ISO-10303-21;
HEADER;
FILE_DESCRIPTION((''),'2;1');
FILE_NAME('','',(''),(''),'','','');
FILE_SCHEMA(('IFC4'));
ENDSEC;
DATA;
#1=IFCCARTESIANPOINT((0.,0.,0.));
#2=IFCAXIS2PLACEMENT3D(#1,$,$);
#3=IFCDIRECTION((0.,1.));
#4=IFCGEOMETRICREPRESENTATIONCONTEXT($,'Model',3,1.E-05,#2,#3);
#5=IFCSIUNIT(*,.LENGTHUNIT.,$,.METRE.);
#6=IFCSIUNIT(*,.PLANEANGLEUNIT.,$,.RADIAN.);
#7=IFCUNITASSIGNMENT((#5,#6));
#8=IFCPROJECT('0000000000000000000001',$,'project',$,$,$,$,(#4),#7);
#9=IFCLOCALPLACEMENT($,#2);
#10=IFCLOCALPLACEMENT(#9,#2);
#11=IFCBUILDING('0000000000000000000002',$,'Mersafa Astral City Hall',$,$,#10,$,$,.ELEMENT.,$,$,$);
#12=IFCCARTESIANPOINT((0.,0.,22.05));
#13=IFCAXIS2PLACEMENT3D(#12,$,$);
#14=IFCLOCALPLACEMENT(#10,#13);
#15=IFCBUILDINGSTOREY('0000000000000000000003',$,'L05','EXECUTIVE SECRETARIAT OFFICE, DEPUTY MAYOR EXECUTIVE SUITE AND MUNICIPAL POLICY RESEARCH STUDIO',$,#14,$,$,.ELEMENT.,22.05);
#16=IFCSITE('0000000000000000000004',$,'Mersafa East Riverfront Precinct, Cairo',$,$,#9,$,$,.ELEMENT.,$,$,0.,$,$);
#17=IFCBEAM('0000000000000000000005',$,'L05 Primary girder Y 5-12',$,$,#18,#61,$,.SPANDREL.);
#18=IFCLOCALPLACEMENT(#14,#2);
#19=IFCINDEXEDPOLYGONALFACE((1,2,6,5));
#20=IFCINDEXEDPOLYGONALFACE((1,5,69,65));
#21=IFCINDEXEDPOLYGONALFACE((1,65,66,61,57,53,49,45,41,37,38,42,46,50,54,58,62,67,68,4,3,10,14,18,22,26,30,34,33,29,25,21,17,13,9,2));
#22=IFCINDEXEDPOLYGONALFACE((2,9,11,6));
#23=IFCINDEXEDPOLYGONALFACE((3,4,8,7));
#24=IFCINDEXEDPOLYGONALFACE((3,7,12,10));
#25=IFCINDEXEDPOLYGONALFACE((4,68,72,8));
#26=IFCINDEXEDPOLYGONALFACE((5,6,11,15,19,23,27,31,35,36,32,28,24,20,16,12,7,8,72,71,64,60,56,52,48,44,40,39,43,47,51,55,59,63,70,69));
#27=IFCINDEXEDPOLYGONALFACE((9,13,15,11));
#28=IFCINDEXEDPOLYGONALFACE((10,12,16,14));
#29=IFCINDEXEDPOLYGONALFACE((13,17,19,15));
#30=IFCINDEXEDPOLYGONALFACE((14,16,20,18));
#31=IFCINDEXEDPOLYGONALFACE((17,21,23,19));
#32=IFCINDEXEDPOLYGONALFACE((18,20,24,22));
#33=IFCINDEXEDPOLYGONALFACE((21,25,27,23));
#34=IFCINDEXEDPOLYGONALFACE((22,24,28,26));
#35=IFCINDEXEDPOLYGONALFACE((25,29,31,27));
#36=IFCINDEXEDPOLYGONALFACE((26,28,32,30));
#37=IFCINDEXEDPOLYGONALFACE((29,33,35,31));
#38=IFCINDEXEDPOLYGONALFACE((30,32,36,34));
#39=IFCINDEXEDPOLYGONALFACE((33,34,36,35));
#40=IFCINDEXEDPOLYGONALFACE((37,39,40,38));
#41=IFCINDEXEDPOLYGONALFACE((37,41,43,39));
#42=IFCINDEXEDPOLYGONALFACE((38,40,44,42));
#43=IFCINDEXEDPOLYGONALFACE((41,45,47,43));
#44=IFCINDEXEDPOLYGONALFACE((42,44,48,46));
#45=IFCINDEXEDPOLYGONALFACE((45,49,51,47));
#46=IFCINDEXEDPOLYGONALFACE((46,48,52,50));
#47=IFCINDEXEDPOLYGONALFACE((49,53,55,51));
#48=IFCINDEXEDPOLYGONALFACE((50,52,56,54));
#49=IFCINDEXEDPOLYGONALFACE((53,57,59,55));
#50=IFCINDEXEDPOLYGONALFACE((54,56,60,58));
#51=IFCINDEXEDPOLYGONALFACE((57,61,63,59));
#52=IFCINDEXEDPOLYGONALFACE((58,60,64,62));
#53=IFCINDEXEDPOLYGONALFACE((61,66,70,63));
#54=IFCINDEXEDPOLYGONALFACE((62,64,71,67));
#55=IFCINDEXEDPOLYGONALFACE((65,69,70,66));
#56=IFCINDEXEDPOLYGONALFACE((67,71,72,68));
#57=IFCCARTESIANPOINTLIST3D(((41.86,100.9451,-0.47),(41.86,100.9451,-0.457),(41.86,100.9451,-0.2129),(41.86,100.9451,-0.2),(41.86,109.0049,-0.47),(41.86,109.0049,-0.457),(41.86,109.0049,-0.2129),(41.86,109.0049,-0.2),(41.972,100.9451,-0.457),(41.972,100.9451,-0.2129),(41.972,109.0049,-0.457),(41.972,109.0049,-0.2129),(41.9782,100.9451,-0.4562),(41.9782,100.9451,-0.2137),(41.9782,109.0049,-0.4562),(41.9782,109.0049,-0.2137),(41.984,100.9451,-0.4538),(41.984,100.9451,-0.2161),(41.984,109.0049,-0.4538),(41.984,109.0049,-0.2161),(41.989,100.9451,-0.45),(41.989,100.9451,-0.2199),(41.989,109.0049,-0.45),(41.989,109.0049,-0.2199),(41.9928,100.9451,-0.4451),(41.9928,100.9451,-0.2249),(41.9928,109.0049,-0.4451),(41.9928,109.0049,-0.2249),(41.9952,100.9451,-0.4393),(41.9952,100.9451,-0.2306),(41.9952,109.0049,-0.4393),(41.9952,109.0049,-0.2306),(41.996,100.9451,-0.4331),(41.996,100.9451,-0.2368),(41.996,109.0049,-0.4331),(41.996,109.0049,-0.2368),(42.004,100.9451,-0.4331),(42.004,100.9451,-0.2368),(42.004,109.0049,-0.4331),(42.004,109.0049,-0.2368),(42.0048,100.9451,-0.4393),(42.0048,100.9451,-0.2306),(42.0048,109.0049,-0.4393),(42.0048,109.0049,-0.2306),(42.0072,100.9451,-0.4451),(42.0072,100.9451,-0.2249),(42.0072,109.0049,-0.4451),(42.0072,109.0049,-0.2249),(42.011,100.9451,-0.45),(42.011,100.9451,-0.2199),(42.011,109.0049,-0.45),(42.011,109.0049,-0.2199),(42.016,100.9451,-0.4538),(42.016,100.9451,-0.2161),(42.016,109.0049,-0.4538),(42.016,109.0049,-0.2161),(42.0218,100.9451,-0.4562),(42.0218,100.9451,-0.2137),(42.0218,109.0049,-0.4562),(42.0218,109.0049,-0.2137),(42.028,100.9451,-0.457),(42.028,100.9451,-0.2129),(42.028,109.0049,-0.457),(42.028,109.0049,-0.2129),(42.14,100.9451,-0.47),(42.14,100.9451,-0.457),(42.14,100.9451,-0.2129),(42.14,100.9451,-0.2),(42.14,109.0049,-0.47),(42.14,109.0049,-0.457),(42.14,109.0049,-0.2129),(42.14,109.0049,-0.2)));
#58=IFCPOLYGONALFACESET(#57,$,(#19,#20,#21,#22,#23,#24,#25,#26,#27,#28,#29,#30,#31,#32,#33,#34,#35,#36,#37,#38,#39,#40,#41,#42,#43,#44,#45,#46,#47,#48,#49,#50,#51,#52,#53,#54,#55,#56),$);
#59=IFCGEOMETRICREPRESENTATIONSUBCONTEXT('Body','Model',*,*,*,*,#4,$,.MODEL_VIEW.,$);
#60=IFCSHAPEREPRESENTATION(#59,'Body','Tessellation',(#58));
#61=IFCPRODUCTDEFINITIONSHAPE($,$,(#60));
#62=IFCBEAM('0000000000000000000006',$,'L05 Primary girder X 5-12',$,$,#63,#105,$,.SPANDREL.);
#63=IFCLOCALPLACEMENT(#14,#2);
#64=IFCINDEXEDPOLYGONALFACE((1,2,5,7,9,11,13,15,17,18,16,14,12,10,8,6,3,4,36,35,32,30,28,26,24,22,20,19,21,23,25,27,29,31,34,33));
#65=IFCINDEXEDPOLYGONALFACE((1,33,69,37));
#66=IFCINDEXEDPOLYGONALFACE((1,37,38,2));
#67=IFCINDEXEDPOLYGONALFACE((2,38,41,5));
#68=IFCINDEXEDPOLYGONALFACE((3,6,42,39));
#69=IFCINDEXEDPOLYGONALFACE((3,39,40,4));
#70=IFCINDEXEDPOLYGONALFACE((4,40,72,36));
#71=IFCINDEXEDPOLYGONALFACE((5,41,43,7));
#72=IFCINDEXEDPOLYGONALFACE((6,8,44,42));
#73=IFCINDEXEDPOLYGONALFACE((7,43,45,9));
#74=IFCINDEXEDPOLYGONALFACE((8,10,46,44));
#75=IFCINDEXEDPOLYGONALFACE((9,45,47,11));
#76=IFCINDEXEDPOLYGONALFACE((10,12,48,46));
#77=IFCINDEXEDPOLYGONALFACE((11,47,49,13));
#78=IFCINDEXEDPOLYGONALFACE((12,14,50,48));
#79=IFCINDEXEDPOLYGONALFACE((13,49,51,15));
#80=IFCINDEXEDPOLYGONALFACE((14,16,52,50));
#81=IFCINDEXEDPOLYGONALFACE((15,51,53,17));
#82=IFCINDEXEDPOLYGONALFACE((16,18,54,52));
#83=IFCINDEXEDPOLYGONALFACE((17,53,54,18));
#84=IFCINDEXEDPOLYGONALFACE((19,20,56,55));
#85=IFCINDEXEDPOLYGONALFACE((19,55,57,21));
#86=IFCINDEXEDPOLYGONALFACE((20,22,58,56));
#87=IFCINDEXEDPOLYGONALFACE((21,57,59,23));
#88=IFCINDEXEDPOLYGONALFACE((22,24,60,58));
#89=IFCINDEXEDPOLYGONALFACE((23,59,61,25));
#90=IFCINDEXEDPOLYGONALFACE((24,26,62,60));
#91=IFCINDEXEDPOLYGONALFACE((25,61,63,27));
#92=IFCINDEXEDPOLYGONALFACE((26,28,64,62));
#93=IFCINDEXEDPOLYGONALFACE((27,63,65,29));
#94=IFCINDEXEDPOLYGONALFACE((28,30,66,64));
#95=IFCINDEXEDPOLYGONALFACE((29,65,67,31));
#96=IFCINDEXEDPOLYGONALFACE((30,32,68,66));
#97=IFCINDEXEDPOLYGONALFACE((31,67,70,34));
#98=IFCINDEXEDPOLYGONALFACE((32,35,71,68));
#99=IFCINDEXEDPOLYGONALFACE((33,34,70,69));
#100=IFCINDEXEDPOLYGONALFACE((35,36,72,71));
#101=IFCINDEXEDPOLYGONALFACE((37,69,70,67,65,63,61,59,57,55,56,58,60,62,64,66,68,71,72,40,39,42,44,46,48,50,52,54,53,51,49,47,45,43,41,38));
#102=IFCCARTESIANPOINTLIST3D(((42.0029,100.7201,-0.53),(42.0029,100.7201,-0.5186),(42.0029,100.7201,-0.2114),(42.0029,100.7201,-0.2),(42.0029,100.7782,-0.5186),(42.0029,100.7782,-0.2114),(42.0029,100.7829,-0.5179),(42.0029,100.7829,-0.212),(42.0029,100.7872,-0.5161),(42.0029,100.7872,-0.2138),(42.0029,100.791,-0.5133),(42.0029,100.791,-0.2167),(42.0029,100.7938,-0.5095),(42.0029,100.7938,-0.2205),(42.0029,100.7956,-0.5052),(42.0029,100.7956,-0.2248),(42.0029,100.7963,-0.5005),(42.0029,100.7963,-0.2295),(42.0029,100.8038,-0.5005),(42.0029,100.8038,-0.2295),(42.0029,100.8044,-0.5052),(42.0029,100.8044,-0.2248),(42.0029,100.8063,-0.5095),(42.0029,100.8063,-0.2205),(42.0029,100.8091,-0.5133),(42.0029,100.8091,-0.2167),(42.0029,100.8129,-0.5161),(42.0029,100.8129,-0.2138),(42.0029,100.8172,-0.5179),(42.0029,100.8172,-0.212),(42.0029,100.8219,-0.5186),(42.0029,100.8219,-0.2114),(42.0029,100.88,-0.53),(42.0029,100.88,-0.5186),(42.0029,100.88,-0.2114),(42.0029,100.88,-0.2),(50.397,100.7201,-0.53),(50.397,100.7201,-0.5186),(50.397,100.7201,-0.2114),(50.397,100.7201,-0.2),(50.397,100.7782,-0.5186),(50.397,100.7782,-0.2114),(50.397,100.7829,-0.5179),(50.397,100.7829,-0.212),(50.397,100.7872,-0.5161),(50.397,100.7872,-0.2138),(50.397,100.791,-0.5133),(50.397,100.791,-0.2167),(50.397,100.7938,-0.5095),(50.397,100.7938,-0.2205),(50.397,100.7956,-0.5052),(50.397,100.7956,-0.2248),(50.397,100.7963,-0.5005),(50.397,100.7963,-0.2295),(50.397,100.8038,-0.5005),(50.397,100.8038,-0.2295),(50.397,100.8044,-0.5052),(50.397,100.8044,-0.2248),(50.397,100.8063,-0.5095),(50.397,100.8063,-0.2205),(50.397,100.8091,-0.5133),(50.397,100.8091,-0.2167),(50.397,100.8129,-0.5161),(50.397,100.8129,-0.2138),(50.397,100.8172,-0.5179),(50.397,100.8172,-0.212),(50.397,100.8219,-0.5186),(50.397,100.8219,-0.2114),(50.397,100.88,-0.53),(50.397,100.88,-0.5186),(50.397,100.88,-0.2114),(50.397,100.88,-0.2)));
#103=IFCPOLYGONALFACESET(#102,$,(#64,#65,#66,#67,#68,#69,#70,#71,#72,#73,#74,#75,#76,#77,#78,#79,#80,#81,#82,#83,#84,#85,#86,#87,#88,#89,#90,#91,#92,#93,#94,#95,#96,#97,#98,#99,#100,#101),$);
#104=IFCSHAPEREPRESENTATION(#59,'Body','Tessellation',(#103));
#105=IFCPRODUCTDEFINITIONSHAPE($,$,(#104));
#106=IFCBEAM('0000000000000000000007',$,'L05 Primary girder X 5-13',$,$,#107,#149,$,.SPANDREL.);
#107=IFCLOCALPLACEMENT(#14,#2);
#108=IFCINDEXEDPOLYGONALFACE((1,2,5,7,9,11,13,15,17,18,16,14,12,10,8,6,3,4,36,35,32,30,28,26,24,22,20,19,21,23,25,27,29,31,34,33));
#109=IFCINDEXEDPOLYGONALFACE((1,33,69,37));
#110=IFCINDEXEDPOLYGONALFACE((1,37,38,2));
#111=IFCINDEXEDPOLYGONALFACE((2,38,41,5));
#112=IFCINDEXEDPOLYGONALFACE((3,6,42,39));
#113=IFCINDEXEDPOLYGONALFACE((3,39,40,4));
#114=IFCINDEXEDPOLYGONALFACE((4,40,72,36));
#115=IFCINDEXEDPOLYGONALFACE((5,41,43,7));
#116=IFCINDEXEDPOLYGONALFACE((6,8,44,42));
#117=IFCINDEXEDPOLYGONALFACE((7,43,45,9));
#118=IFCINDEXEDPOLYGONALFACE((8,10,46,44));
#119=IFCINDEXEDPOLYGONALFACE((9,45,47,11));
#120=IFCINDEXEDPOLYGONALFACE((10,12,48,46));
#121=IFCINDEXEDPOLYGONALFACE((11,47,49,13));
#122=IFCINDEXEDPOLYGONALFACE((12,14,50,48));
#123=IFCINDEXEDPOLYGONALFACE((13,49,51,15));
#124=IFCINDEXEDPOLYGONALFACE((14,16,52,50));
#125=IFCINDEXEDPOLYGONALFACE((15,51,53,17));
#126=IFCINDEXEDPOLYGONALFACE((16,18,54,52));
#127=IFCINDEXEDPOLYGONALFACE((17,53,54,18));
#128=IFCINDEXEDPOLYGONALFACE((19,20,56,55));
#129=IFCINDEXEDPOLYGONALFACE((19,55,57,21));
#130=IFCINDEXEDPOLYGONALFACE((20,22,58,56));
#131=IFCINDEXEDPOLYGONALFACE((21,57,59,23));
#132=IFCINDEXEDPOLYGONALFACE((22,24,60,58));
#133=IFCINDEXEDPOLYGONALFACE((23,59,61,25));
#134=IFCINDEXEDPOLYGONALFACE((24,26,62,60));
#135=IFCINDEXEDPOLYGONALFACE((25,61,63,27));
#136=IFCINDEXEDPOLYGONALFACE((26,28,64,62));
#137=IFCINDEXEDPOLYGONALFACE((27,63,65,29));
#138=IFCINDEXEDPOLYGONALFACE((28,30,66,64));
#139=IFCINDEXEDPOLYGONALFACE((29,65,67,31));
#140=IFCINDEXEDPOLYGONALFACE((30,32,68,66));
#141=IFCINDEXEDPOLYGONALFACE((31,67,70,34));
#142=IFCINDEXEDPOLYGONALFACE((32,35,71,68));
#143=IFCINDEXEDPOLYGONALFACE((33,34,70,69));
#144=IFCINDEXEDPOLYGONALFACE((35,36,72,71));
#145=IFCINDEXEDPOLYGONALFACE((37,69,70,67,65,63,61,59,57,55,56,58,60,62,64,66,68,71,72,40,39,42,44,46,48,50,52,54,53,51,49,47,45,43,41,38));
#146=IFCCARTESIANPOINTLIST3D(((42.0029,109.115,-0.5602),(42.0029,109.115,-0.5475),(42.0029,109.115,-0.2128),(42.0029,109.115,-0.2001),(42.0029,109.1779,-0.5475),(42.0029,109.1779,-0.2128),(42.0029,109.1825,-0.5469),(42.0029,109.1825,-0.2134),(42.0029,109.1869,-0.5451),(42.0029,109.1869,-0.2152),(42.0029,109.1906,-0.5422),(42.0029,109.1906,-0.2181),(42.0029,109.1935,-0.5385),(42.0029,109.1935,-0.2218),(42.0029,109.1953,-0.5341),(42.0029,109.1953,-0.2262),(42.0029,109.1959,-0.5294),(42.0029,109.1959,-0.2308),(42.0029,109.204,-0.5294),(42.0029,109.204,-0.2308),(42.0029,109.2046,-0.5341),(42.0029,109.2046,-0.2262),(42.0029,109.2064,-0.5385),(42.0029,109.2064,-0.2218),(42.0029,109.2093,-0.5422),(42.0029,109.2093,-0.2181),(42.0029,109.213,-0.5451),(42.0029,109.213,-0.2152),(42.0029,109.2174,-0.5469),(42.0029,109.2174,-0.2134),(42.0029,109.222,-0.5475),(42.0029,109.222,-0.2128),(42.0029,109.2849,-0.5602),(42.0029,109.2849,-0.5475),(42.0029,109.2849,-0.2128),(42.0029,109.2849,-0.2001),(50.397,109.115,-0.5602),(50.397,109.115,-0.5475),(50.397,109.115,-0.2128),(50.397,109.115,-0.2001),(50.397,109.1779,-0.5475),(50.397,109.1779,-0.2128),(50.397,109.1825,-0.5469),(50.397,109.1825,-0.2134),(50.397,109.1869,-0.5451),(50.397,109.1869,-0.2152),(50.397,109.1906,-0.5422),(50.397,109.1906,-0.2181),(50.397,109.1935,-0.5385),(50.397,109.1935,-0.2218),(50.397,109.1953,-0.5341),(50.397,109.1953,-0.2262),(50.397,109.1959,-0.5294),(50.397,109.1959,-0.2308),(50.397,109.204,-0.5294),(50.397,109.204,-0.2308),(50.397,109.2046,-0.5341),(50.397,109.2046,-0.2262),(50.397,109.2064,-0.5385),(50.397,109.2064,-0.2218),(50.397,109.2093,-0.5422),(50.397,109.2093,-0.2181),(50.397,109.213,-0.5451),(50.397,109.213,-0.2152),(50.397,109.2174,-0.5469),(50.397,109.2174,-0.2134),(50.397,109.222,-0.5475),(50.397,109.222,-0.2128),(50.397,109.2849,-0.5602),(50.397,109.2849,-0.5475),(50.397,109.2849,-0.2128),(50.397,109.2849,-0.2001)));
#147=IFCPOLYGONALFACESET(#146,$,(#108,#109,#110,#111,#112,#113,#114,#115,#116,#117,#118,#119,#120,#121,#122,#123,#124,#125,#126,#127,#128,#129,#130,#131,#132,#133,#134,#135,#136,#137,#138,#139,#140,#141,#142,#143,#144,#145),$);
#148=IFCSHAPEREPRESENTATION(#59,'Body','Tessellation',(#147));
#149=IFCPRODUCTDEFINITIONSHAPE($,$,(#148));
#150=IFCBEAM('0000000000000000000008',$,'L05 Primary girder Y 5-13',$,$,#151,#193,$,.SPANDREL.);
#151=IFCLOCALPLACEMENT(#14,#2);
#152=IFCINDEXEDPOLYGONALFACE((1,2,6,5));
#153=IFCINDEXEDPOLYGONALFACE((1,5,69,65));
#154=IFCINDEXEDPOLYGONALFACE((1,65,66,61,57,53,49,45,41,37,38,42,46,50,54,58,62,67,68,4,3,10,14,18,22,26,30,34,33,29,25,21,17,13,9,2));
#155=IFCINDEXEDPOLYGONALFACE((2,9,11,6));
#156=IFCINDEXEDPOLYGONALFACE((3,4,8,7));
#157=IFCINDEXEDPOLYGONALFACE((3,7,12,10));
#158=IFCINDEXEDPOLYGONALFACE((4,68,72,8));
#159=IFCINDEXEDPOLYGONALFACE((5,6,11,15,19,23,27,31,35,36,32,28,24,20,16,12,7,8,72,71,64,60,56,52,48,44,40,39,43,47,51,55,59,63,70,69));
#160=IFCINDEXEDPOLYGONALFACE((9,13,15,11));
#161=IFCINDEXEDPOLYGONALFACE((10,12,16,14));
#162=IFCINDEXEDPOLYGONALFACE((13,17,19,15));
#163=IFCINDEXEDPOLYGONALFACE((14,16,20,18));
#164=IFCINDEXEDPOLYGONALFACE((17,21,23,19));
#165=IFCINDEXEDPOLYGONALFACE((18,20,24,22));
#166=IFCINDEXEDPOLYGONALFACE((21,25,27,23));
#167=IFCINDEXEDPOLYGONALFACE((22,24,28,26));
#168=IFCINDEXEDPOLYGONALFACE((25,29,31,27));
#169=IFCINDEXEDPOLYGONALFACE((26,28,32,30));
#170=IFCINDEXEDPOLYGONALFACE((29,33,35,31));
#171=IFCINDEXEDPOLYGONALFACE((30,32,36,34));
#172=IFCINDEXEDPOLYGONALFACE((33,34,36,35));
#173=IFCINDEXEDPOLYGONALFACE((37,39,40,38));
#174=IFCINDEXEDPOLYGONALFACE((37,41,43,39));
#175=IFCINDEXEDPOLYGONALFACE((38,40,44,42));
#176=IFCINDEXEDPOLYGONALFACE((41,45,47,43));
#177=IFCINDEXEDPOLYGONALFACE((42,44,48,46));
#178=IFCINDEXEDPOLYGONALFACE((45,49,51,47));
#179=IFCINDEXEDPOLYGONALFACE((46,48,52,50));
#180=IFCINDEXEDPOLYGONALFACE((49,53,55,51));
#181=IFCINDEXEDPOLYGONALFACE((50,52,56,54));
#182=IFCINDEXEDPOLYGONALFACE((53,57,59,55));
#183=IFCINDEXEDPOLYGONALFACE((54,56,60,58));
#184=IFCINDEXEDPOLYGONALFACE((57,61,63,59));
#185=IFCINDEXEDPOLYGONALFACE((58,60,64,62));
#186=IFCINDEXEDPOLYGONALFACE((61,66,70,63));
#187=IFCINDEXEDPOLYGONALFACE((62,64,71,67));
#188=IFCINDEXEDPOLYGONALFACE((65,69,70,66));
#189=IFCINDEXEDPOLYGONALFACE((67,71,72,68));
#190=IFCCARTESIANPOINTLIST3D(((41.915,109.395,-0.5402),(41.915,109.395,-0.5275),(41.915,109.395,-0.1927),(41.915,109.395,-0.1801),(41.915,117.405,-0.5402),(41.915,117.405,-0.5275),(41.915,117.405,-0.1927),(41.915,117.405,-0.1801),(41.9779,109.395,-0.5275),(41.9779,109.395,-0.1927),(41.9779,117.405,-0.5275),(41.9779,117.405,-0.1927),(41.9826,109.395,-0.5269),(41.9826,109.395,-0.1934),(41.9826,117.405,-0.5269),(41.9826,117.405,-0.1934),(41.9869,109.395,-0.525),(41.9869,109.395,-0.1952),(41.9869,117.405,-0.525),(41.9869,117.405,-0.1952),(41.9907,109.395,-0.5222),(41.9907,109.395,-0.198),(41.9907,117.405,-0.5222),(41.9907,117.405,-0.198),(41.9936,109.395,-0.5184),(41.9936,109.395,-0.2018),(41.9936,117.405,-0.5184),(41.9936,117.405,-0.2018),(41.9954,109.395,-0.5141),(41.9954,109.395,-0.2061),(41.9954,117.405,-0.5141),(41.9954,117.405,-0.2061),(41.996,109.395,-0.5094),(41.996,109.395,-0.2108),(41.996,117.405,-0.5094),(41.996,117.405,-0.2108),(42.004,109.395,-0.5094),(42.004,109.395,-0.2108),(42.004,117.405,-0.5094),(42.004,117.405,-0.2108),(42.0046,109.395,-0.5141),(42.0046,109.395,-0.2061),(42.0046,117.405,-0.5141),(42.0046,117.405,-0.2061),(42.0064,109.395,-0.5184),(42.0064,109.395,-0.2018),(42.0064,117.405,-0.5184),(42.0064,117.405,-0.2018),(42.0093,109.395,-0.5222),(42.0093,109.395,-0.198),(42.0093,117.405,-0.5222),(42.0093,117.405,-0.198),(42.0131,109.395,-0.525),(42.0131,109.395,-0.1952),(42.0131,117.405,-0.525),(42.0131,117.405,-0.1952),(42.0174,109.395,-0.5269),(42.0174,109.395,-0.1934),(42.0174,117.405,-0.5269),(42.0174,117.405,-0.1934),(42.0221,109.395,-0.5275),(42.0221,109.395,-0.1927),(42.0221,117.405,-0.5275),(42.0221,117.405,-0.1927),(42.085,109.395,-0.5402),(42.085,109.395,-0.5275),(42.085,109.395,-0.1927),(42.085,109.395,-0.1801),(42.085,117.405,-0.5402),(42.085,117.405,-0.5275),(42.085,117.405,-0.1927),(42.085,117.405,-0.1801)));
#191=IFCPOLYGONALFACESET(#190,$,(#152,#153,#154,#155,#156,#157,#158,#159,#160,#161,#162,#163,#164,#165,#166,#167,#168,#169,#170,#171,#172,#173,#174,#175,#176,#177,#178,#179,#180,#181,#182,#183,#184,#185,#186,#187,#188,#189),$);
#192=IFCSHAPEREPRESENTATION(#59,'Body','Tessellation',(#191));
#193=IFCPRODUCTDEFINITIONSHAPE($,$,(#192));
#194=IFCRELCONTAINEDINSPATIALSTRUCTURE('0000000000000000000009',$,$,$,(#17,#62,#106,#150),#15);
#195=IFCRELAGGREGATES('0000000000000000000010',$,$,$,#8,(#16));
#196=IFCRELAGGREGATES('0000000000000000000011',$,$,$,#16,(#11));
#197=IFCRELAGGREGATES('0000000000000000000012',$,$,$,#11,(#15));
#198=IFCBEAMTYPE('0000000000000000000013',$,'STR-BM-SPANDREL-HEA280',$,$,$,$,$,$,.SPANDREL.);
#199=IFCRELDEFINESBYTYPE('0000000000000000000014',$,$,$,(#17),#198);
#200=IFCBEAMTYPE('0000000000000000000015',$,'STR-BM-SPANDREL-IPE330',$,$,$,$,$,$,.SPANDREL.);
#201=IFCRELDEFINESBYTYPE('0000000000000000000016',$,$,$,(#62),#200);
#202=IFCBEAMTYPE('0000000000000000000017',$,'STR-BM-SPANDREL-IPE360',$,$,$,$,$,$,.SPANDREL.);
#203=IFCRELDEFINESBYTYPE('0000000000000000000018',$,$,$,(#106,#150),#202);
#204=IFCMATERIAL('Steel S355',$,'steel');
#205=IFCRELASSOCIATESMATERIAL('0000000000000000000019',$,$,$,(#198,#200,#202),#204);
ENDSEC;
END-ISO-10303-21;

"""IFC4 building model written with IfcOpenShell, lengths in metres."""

from ifc_helpers import new_model, si_unit, direction, frame, origin, origin_2d, place, context, subcontext, project, spatial, i_section, extrude, material, material_profile, profile_set, type_object, element, save


model = new_model("IFC4")

# Units and contexts
model_context = context("Model", 3, precision=1e-05, world=origin(), true_north=direction((0.0, 1.0)))
body_context = subcontext(model_context, "Body", "Model", "MODEL_VIEW")
ifc_project = project(units=[si_unit("LENGTHUNIT", "METRE"), si_unit("PLANEANGLEUNIT", "RADIAN")], contexts=[model_context])

# Site, building, storey
site_placement = place(None, origin())
site = spatial("IfcSite", under=ifc_project, at=site_placement, Name="Mersafa East Riverfront Precinct, Cairo", CompositionType="ELEMENT", RefElevation=0.0)
building_placement = place(site_placement, origin())
building = spatial("IfcBuilding", under=site, at=building_placement, Name="Mersafa Astral City Hall", CompositionType="ELEMENT")
storey_placement = place(building_placement, frame((0.0, 0.0, 22.05)))
storey = spatial("IfcBuildingStorey", under=building, at=storey_placement, Name="L05", Description="EXECUTIVE SECRETARIAT OFFICE, DEPUTY MAYOR EXECUTIVE SUITE AND MUNICIPAL POLICY RESEARCH STUDIO", CompositionType="ELEMENT", Elevation=22.05)

# Shared definitions
ifc_material_1 = material(Name="Steel S355", Category="steel")

# Beams
ifc_material_profile_1 = material_profile(ifc_material_1, i_section(OverallWidth=0.28, OverallDepth=0.27, WebThickness=0.0081, FlangeThickness=0.0129, FilletRadius=0.0239, at=origin_2d()), Name="HEA 280")
ifc_profile_set_1 = profile_set([ifc_material_profile_1], Name="Steel S355")
beam_type_1 = type_object("IfcBeamType", Name="STR-BM-SPANDREL-HEA280", PredefinedType="SPANDREL", material=ifc_profile_set_1)
beam_1_placement = place(storey_placement, frame((42.0, 100.9451, -0.335), z_axis=(0.0, 1.0, 0.0), x_axis=(-1.0, 0.0, 0.0)))
element("IfcBeam", 1, at=beam_1_placement, inside=storey, type_object=beam_type_1, Name="L05 Primary girder Y 5-12", PredefinedType="SPANDREL", context=body_context, shape_type="SweptSolid", body=[
    extrude(i_section(OverallWidth=0.28, OverallDepth=0.27, WebThickness=0.0081, FlangeThickness=0.0129, FilletRadius=0.0239, at=origin_2d()), origin(), (0.0, 0.0, 1.0), 8.0598),
])
ifc_material_profile_2 = material_profile(ifc_material_1, i_section(OverallWidth=0.1599, OverallDepth=0.3301, WebThickness=0.0076, FlangeThickness=0.0115, FilletRadius=0.0181, at=origin_2d()), Name="IPE 330")
ifc_profile_set_2 = profile_set([ifc_material_profile_2], Name="Steel S355")
beam_type_2 = type_object("IfcBeamType", Name="STR-BM-SPANDREL-IPE330", PredefinedType="SPANDREL", material=ifc_profile_set_2)
beam_2_placement = place(storey_placement, frame((42.0029, 100.8, -0.365), z_axis=(1.0, 0.0, 0.0), x_axis=(0.0, 1.0, 0.0)))
element("IfcBeam", 2, at=beam_2_placement, inside=storey, type_object=beam_type_2, Name="L05 Primary girder X 5-12", PredefinedType="SPANDREL", context=body_context, shape_type="SweptSolid", body=[
    extrude(i_section(OverallWidth=0.1599, OverallDepth=0.3301, WebThickness=0.0076, FlangeThickness=0.0115, FilletRadius=0.0181, at=origin_2d()), origin(), (0.0, 0.0, 1.0), 8.394),
])
ifc_material_profile_3 = material_profile(ifc_material_1, i_section(OverallWidth=0.1699, OverallDepth=0.3601, WebThickness=0.0081, FlangeThickness=0.0127, FilletRadius=0.0181, at=origin_2d()), Name="IPE 360")
ifc_profile_set_3 = profile_set([ifc_material_profile_3], Name="Steel S355")
beam_type_3 = type_object("IfcBeamType", Name="STR-BM-SPANDREL-IPE360", PredefinedType="SPANDREL", material=ifc_profile_set_3)
beam_3_placement = place(storey_placement, frame((42.0029, 109.2, -0.3801), z_axis=(1.0, 0.0, 0.0), x_axis=(0.0, 1.0, 0.0)))
element("IfcBeam", 3, at=beam_3_placement, inside=storey, type_object=beam_type_3, Name="L05 Primary girder X 5-13", PredefinedType="SPANDREL", context=body_context, shape_type="SweptSolid", body=[
    extrude(i_section(OverallWidth=0.1699, OverallDepth=0.3601, WebThickness=0.0081, FlangeThickness=0.0127, FilletRadius=0.0181, at=origin_2d()), origin(), (0.0, 0.0, 1.0), 8.394),
])
beam_4_placement = place(storey_placement, frame((42.0, 109.395, -0.3601), z_axis=(0.0, 1.0, 0.0), x_axis=(-1.0, 0.0, 0.0)))
element("IfcBeam", 4, at=beam_4_placement, inside=storey, type_object=beam_type_3, Name="L05 Primary girder Y 5-13", PredefinedType="SPANDREL", context=body_context, shape_type="SweptSolid", body=[
    extrude(i_section(OverallWidth=0.1699, OverallDepth=0.3601, WebThickness=0.0081, FlangeThickness=0.0127, FilletRadius=0.0181, at=origin_2d()), origin(), (0.0, 0.0, 1.0), 8.01),
])

save(model, "model.ifc")
